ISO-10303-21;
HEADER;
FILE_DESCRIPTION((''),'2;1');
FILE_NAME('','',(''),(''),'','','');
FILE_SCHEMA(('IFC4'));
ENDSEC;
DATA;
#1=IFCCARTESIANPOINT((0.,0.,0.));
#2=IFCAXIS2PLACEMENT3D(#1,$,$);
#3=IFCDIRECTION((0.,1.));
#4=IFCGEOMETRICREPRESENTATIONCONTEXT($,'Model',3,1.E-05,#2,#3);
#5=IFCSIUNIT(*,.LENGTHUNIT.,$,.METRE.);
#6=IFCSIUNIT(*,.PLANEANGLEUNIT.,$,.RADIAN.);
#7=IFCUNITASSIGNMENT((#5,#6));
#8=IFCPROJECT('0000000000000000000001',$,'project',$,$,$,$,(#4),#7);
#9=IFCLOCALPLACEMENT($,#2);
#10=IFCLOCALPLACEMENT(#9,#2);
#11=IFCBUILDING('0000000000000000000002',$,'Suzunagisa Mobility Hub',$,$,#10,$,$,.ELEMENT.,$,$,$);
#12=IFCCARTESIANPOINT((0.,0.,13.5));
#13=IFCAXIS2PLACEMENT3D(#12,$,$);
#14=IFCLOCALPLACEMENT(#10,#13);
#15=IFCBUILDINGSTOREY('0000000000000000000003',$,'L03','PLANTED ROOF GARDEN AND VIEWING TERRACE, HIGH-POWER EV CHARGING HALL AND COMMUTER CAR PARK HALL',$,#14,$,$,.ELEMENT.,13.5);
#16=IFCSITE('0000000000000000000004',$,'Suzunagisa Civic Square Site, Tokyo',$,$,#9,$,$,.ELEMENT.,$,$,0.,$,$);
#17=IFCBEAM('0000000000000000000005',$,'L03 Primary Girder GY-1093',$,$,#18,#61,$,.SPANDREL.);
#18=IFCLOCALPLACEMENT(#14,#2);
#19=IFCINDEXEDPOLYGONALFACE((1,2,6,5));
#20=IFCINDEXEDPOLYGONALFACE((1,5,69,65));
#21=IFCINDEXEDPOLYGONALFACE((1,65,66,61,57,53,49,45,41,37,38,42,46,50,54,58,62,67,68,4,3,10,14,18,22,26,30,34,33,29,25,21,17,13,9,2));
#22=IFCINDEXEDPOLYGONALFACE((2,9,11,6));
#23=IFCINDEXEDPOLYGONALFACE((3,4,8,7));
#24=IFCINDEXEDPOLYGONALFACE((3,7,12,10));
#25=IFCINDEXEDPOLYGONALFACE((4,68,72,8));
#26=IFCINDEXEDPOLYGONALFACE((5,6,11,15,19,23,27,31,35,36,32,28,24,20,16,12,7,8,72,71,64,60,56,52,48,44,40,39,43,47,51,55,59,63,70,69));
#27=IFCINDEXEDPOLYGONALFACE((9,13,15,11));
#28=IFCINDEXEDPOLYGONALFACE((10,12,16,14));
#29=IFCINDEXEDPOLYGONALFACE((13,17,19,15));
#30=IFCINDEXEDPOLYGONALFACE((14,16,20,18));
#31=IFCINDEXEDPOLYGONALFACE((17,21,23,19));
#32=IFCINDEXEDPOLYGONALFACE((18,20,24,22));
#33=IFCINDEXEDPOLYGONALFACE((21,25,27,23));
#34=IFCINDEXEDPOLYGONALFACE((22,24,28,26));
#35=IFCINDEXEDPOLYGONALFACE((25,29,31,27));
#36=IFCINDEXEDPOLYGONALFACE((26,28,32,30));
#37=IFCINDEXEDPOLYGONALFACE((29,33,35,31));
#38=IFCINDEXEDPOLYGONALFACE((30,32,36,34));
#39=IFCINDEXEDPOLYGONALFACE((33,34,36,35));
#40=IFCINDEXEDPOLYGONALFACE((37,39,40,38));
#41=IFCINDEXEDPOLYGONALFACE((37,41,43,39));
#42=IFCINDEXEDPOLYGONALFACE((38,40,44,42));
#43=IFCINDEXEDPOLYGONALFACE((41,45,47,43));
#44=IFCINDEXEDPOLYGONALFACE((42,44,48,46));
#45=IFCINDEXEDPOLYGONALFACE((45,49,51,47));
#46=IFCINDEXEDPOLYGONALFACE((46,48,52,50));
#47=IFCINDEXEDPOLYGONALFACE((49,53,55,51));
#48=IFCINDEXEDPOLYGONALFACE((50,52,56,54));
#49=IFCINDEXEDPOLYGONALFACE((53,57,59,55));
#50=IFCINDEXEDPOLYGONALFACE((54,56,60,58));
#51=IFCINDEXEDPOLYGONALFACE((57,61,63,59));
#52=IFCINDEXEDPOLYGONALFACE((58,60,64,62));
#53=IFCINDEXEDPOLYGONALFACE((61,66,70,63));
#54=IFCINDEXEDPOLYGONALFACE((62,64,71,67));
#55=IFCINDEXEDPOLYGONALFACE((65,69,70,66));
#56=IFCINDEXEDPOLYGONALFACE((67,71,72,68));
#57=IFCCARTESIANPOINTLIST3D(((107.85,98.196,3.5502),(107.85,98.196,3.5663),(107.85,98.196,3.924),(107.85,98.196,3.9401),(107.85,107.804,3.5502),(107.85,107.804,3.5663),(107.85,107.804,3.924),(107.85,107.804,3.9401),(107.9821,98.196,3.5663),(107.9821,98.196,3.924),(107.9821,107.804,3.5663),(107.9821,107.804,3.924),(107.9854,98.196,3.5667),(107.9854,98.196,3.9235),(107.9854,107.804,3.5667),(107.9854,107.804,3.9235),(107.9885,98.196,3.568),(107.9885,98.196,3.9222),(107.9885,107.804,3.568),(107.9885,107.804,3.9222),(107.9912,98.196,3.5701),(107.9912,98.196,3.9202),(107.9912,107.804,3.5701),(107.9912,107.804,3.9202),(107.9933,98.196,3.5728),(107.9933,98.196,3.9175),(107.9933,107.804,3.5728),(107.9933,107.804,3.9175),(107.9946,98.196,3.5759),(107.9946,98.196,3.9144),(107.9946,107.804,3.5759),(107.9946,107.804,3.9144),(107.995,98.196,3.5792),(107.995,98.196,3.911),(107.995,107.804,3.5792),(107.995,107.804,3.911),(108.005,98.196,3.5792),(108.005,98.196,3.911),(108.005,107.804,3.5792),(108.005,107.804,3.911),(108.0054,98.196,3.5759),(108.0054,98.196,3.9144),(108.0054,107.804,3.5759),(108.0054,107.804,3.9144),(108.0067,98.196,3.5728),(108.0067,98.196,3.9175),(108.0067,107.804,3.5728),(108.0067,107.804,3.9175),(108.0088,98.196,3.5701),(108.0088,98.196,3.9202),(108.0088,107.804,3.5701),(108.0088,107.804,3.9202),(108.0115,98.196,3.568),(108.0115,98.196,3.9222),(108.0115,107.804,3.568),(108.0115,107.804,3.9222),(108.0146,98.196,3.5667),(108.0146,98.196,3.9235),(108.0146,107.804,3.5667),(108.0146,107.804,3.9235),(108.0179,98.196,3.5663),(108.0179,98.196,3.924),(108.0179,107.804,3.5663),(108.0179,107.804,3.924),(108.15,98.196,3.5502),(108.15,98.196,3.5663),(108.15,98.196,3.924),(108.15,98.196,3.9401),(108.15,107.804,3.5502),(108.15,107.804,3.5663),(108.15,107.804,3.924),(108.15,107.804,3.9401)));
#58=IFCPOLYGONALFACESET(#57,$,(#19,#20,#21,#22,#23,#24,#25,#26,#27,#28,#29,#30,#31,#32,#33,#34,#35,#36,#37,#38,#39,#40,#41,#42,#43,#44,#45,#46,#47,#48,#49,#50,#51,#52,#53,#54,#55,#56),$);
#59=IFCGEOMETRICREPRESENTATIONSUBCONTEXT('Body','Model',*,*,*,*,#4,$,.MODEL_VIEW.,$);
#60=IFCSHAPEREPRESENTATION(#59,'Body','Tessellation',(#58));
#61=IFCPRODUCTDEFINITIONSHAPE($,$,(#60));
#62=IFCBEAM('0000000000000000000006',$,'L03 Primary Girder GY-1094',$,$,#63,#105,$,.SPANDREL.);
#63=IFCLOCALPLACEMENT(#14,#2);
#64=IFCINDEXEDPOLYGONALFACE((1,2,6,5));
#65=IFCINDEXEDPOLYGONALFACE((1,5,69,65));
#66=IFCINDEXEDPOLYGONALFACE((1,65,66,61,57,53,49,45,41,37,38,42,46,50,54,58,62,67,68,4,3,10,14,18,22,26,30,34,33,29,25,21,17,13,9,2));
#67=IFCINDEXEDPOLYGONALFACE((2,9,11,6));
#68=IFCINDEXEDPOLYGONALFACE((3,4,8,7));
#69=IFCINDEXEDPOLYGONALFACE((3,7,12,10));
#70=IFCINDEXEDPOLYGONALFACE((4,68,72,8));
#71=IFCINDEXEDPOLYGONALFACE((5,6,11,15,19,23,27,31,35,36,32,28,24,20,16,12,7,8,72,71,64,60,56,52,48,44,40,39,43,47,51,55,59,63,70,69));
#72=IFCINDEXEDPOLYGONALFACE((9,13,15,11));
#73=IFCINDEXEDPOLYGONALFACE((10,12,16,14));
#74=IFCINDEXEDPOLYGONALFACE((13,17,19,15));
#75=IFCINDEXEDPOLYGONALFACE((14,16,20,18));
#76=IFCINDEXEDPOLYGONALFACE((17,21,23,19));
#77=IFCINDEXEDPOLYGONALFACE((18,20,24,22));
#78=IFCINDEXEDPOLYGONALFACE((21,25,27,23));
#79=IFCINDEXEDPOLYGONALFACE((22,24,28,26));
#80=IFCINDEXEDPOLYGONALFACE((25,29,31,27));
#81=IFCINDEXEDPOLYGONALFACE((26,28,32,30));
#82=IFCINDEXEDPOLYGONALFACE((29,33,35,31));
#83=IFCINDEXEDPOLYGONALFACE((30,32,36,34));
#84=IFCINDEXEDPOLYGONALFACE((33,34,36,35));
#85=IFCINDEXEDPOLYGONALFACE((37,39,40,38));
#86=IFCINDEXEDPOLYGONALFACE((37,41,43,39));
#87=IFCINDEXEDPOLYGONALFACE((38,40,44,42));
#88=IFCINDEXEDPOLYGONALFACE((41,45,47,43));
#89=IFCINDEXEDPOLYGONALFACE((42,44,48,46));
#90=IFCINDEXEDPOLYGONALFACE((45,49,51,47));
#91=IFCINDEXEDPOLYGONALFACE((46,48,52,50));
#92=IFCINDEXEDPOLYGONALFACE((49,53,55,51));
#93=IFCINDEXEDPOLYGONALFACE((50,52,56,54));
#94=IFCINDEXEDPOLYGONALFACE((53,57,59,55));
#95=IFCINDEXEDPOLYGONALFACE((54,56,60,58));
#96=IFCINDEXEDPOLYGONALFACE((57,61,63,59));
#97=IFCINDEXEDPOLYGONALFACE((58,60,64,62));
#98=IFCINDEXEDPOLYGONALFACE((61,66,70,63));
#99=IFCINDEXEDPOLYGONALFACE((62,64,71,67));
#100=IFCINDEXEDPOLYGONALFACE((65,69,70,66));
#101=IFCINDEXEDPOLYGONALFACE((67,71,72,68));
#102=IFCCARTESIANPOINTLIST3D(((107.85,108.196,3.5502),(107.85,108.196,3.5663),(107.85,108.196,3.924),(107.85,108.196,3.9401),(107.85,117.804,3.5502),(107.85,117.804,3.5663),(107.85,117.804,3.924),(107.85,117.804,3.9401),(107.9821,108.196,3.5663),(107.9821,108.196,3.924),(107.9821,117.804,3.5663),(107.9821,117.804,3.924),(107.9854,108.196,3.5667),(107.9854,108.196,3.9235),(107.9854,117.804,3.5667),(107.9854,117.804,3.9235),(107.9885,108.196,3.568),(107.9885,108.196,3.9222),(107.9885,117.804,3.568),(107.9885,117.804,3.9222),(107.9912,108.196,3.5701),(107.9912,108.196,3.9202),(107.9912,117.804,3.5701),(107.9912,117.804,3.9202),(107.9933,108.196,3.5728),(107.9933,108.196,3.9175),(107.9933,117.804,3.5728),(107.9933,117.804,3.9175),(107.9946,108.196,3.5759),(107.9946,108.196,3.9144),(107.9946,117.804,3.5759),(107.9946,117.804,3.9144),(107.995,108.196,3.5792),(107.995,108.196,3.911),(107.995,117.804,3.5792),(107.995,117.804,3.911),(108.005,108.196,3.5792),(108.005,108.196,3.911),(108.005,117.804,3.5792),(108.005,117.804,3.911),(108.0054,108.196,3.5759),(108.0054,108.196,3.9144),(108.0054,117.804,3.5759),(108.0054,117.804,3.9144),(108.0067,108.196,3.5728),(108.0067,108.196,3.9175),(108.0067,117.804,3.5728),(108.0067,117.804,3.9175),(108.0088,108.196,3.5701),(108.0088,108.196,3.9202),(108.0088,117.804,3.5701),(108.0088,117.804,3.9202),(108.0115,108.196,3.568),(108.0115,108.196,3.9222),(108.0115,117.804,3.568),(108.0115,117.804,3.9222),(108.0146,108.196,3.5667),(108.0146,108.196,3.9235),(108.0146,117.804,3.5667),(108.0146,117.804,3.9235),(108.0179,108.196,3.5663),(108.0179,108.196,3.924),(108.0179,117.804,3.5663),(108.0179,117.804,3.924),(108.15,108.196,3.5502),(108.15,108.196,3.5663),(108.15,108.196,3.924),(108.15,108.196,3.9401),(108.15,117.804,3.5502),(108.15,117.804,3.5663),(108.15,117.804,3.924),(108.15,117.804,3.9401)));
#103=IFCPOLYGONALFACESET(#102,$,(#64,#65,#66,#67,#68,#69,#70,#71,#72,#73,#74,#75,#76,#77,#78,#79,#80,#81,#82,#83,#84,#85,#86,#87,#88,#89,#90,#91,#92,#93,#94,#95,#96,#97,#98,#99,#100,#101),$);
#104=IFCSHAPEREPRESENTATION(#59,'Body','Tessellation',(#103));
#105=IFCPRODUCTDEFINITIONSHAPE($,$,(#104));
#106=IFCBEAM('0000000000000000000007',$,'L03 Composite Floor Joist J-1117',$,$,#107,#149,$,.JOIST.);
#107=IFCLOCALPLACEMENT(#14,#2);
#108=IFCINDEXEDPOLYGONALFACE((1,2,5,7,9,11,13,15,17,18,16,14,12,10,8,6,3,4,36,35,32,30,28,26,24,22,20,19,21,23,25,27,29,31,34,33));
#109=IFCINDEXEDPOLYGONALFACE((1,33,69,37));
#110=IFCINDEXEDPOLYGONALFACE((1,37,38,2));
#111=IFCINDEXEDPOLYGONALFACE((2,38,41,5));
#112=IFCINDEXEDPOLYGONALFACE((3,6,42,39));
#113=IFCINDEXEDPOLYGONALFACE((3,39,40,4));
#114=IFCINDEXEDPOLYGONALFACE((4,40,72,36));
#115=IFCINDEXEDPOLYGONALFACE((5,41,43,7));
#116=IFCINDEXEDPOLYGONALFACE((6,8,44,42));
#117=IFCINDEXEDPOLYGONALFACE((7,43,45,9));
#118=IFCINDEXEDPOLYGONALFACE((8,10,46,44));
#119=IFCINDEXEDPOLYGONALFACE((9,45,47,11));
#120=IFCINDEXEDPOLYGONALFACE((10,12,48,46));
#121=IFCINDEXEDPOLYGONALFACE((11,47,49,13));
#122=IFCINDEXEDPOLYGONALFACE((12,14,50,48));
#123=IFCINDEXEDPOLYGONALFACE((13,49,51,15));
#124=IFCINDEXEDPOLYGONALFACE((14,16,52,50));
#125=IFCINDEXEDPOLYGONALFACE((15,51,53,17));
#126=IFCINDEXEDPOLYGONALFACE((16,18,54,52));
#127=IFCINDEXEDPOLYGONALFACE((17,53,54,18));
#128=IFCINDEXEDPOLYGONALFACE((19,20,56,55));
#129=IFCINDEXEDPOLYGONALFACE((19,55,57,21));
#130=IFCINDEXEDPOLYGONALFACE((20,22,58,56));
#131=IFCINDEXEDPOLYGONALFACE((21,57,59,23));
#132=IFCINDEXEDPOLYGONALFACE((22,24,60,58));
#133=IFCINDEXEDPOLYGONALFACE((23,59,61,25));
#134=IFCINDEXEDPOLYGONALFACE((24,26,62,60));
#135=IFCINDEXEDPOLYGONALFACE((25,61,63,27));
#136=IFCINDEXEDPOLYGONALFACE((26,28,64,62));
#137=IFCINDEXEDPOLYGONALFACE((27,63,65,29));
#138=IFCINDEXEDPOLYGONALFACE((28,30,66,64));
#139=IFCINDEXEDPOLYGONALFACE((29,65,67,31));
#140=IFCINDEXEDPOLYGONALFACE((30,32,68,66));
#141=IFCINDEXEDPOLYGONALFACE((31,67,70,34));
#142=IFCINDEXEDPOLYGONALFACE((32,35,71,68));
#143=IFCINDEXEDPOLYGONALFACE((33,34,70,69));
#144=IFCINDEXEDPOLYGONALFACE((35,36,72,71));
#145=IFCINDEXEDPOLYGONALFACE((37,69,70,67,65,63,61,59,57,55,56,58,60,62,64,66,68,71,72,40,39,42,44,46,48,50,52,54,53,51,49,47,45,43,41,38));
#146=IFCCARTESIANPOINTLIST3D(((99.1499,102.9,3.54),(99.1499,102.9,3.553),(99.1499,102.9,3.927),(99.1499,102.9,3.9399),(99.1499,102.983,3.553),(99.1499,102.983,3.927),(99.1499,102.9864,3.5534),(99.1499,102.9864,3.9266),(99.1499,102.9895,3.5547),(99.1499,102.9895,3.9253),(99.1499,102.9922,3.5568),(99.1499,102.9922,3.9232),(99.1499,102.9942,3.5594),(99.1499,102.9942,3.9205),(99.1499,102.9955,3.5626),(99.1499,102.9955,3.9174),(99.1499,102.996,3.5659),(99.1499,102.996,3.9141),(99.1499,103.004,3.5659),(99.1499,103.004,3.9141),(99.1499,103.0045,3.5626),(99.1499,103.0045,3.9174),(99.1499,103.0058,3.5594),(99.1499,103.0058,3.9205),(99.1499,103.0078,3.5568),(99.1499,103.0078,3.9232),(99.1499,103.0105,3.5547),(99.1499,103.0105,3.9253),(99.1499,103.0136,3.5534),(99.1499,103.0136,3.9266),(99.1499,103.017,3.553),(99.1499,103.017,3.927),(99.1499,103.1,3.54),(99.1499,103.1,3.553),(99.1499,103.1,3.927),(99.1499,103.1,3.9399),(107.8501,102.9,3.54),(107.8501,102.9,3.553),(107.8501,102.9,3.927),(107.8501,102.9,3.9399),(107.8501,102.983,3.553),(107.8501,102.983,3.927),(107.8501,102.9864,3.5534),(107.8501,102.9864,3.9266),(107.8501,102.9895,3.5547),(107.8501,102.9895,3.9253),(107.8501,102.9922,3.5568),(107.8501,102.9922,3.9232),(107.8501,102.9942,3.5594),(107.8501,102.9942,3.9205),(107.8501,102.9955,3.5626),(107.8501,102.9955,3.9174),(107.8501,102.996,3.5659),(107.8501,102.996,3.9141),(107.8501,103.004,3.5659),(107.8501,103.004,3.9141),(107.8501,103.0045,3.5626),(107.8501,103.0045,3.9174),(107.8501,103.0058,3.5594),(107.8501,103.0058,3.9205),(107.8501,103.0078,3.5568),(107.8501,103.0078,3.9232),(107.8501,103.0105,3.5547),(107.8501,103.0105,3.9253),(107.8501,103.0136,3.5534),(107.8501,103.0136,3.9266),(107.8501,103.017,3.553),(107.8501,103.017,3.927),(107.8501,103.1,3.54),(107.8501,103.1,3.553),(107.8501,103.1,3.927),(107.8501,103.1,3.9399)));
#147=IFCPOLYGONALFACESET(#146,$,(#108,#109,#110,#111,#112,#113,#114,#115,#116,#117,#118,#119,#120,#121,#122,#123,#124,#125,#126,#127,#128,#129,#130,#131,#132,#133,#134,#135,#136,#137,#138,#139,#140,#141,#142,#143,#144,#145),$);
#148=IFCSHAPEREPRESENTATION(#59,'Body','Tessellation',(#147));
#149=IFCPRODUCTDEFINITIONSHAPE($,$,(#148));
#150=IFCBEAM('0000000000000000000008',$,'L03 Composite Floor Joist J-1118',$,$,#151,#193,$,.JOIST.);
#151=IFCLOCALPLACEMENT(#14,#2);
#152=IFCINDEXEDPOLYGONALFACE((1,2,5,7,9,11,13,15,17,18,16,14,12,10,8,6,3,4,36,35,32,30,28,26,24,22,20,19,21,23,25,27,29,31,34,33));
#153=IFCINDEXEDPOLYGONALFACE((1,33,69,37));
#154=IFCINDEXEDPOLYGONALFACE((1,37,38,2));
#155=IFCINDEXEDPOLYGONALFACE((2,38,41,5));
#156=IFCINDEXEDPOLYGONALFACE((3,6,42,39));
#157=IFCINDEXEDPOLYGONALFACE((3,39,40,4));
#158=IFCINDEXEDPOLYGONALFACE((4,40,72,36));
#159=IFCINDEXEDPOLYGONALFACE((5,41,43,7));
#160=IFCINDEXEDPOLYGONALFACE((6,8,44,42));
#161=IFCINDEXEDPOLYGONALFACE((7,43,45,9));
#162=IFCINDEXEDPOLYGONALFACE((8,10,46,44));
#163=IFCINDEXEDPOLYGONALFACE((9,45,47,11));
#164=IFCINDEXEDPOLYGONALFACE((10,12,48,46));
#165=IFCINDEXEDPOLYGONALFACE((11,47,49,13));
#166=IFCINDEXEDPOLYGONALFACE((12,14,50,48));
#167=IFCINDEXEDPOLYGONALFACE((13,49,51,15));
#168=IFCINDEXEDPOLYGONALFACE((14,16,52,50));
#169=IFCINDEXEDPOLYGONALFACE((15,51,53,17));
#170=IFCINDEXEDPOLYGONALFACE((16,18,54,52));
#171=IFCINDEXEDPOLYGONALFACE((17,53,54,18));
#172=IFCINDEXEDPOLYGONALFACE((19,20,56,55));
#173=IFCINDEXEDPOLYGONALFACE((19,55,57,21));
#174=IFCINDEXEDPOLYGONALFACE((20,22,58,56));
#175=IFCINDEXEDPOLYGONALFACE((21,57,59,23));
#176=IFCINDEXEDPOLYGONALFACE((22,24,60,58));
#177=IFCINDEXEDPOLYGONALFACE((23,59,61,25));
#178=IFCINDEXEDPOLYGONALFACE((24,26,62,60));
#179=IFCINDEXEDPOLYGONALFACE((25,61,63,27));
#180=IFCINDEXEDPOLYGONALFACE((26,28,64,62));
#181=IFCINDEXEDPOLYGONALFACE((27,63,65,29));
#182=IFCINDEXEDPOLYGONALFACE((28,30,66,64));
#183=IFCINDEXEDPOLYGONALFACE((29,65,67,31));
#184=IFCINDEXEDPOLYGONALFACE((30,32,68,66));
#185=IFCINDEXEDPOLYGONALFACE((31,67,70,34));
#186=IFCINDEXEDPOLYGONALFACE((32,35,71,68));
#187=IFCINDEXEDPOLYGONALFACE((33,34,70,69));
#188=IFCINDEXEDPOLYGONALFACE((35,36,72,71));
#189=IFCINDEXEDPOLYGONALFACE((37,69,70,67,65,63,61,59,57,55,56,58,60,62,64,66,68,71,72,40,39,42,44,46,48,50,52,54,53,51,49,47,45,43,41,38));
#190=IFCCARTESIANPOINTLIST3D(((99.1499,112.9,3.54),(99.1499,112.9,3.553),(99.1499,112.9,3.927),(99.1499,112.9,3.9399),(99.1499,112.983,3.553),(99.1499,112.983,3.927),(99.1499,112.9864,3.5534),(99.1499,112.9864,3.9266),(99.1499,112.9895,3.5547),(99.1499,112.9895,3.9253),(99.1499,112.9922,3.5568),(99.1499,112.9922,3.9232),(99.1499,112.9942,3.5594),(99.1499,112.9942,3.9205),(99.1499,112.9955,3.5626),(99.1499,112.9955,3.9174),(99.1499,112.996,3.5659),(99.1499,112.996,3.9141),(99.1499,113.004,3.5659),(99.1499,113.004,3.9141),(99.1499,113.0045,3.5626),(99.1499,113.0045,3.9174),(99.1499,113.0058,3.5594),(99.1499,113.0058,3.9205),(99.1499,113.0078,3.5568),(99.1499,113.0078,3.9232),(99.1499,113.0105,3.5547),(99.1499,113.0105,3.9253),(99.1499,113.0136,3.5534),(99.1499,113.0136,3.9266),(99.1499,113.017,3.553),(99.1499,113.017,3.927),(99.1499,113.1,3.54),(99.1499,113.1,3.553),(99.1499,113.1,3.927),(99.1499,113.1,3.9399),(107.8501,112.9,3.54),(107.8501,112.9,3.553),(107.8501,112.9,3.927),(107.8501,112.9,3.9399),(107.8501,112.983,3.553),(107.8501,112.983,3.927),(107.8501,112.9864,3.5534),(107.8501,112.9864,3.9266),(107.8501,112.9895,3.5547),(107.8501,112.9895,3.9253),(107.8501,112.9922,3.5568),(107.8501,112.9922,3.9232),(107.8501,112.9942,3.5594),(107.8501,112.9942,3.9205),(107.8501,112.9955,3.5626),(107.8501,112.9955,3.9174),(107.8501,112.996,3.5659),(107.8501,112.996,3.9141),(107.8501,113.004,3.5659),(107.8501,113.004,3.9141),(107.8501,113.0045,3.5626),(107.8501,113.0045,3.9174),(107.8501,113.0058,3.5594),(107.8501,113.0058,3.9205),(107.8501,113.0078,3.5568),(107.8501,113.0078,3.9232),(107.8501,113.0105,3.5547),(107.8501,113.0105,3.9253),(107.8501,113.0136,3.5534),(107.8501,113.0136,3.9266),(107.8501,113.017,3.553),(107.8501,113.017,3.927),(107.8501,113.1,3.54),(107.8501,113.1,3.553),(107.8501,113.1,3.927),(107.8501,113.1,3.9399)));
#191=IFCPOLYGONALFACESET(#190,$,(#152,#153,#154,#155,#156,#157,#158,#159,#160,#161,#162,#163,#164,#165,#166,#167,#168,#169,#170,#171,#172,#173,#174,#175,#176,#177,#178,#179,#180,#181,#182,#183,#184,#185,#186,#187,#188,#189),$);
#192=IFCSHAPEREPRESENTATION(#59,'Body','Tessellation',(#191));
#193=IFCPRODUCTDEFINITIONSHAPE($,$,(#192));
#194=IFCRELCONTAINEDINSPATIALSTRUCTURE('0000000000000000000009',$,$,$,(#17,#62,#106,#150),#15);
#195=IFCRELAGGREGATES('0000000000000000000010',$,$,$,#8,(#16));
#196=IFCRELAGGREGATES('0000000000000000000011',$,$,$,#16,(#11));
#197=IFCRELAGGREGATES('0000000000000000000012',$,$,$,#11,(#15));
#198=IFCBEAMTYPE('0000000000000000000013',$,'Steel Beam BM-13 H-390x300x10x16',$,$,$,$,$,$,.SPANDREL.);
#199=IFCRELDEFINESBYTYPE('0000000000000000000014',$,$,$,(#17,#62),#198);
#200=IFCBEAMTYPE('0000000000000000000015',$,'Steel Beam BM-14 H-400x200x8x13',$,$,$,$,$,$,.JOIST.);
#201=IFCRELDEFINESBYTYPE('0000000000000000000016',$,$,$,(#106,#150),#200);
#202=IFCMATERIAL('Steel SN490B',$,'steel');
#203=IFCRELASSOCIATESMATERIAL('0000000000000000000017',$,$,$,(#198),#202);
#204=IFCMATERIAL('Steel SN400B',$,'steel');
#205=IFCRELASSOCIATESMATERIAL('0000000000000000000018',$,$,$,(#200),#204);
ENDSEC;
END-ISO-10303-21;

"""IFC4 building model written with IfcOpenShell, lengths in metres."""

from ifc_helpers import new_model, si_unit, direction, frame, origin, origin_2d, place, context, subcontext, project, spatial, i_section, extrude, material, material_profile, profile_set, type_object, element, save


model = new_model("IFC4")

# Units and contexts
model_context = context("Model", 3, precision=1e-05, world=origin(), true_north=direction((0.0, 1.0)))
body_context = subcontext(model_context, "Body", "Model", "MODEL_VIEW")
ifc_project = project(units=[si_unit("LENGTHUNIT", "METRE"), si_unit("PLANEANGLEUNIT", "RADIAN")], contexts=[model_context])

# Site, building, storey
site_placement = place(None, origin())
site = spatial("IfcSite", under=ifc_project, at=site_placement, Name="Suzunagisa Civic Square Site, Tokyo", CompositionType="ELEMENT", RefElevation=0.0)
building_placement = place(site_placement, origin())
building = spatial("IfcBuilding", under=site, at=building_placement, Name="Suzunagisa Mobility Hub", CompositionType="ELEMENT")
storey_placement = place(building_placement, frame((0.0, 0.0, 13.5)))
storey = spatial("IfcBuildingStorey", under=building, at=storey_placement, Name="L03", Description="PLANTED ROOF GARDEN AND VIEWING TERRACE, HIGH-POWER EV CHARGING HALL AND COMMUTER CAR PARK HALL", CompositionType="ELEMENT", Elevation=13.5)

# Shared definitions
ifc_material_1 = material(Name="Steel SN490B", Category="steel")

# Beams
ifc_material_profile_1 = material_profile(ifc_material_1, i_section(OverallWidth=0.3, OverallDepth=0.3899, WebThickness=0.01, FlangeThickness=0.0161, FilletRadius=0.0129, at=origin_2d()), Name="H-390x300x10x16")
ifc_profile_set_1 = profile_set([ifc_material_profile_1], Name="Steel SN490B")
beam_type_1 = type_object("IfcBeamType", Name="Steel Beam BM-13 H-390x300x10x16", PredefinedType="SPANDREL", material=ifc_profile_set_1)
for number, where, z_axis, x_axis, name in (
    (1, (108.0, 98.196, 3.7451), (0.0, 1.0, 0.0), (-1.0, 0.0, 0.0), "L03 Primary Girder GY-1093"),
    (2, (108.0, 108.196, 3.7451), (0.0, 1.0, 0.0), (-1.0, 0.0, 0.0), "L03 Primary Girder GY-1094"),
):
    element("IfcBeam", number, at=place(storey_placement, frame(where, z_axis=z_axis, x_axis=x_axis)), inside=storey, type_object=beam_type_1, Name=name, PredefinedType="SPANDREL", context=body_context, shape_type="SweptSolid", body=[
        extrude(i_section(OverallWidth=0.3, OverallDepth=0.3899, WebThickness=0.01, FlangeThickness=0.0161, FilletRadius=0.0129, at=origin_2d()), origin(), (0.0, 0.0, 1.0), 9.6079),
    ])
ifc_material_2 = material(Name="Steel SN400B", Category="steel")
ifc_material_profile_2 = material_profile(ifc_material_2, i_section(OverallWidth=0.2, OverallDepth=0.3999, WebThickness=0.0081, FlangeThickness=0.0129, FilletRadius=0.0129, at=origin_2d()), Name="H-400x200x8x13")
ifc_profile_set_2 = profile_set([ifc_material_profile_2], Name="Steel SN400B")
beam_type_2 = type_object("IfcBeamType", Name="Steel Beam BM-14 H-400x200x8x13", PredefinedType="JOIST", material=ifc_profile_set_2)
for number, where, z_axis, x_axis, name in (
    (3, (99.1499, 103.0, 3.74), (1.0, 0.0, 0.0), (0.0, 1.0, 0.0), "L03 Composite Floor Joist J-1117"),
    (4, (99.1499, 113.0, 3.74), (1.0, 0.0, 0.0), (0.0, 1.0, 0.0), "L03 Composite Floor Joist J-1118"),
):
    element("IfcBeam", number, at=place(storey_placement, frame(where, z_axis=z_axis, x_axis=x_axis)), inside=storey, type_object=beam_type_2, Name=name, PredefinedType="JOIST", context=body_context, shape_type="SweptSolid", body=[
        extrude(i_section(OverallWidth=0.2, OverallDepth=0.3999, WebThickness=0.0081, FlangeThickness=0.0129, FilletRadius=0.0129, at=origin_2d()), origin(), (0.0, 0.0, 1.0), 8.7002),
    ])

save(model, "model.ifc")
